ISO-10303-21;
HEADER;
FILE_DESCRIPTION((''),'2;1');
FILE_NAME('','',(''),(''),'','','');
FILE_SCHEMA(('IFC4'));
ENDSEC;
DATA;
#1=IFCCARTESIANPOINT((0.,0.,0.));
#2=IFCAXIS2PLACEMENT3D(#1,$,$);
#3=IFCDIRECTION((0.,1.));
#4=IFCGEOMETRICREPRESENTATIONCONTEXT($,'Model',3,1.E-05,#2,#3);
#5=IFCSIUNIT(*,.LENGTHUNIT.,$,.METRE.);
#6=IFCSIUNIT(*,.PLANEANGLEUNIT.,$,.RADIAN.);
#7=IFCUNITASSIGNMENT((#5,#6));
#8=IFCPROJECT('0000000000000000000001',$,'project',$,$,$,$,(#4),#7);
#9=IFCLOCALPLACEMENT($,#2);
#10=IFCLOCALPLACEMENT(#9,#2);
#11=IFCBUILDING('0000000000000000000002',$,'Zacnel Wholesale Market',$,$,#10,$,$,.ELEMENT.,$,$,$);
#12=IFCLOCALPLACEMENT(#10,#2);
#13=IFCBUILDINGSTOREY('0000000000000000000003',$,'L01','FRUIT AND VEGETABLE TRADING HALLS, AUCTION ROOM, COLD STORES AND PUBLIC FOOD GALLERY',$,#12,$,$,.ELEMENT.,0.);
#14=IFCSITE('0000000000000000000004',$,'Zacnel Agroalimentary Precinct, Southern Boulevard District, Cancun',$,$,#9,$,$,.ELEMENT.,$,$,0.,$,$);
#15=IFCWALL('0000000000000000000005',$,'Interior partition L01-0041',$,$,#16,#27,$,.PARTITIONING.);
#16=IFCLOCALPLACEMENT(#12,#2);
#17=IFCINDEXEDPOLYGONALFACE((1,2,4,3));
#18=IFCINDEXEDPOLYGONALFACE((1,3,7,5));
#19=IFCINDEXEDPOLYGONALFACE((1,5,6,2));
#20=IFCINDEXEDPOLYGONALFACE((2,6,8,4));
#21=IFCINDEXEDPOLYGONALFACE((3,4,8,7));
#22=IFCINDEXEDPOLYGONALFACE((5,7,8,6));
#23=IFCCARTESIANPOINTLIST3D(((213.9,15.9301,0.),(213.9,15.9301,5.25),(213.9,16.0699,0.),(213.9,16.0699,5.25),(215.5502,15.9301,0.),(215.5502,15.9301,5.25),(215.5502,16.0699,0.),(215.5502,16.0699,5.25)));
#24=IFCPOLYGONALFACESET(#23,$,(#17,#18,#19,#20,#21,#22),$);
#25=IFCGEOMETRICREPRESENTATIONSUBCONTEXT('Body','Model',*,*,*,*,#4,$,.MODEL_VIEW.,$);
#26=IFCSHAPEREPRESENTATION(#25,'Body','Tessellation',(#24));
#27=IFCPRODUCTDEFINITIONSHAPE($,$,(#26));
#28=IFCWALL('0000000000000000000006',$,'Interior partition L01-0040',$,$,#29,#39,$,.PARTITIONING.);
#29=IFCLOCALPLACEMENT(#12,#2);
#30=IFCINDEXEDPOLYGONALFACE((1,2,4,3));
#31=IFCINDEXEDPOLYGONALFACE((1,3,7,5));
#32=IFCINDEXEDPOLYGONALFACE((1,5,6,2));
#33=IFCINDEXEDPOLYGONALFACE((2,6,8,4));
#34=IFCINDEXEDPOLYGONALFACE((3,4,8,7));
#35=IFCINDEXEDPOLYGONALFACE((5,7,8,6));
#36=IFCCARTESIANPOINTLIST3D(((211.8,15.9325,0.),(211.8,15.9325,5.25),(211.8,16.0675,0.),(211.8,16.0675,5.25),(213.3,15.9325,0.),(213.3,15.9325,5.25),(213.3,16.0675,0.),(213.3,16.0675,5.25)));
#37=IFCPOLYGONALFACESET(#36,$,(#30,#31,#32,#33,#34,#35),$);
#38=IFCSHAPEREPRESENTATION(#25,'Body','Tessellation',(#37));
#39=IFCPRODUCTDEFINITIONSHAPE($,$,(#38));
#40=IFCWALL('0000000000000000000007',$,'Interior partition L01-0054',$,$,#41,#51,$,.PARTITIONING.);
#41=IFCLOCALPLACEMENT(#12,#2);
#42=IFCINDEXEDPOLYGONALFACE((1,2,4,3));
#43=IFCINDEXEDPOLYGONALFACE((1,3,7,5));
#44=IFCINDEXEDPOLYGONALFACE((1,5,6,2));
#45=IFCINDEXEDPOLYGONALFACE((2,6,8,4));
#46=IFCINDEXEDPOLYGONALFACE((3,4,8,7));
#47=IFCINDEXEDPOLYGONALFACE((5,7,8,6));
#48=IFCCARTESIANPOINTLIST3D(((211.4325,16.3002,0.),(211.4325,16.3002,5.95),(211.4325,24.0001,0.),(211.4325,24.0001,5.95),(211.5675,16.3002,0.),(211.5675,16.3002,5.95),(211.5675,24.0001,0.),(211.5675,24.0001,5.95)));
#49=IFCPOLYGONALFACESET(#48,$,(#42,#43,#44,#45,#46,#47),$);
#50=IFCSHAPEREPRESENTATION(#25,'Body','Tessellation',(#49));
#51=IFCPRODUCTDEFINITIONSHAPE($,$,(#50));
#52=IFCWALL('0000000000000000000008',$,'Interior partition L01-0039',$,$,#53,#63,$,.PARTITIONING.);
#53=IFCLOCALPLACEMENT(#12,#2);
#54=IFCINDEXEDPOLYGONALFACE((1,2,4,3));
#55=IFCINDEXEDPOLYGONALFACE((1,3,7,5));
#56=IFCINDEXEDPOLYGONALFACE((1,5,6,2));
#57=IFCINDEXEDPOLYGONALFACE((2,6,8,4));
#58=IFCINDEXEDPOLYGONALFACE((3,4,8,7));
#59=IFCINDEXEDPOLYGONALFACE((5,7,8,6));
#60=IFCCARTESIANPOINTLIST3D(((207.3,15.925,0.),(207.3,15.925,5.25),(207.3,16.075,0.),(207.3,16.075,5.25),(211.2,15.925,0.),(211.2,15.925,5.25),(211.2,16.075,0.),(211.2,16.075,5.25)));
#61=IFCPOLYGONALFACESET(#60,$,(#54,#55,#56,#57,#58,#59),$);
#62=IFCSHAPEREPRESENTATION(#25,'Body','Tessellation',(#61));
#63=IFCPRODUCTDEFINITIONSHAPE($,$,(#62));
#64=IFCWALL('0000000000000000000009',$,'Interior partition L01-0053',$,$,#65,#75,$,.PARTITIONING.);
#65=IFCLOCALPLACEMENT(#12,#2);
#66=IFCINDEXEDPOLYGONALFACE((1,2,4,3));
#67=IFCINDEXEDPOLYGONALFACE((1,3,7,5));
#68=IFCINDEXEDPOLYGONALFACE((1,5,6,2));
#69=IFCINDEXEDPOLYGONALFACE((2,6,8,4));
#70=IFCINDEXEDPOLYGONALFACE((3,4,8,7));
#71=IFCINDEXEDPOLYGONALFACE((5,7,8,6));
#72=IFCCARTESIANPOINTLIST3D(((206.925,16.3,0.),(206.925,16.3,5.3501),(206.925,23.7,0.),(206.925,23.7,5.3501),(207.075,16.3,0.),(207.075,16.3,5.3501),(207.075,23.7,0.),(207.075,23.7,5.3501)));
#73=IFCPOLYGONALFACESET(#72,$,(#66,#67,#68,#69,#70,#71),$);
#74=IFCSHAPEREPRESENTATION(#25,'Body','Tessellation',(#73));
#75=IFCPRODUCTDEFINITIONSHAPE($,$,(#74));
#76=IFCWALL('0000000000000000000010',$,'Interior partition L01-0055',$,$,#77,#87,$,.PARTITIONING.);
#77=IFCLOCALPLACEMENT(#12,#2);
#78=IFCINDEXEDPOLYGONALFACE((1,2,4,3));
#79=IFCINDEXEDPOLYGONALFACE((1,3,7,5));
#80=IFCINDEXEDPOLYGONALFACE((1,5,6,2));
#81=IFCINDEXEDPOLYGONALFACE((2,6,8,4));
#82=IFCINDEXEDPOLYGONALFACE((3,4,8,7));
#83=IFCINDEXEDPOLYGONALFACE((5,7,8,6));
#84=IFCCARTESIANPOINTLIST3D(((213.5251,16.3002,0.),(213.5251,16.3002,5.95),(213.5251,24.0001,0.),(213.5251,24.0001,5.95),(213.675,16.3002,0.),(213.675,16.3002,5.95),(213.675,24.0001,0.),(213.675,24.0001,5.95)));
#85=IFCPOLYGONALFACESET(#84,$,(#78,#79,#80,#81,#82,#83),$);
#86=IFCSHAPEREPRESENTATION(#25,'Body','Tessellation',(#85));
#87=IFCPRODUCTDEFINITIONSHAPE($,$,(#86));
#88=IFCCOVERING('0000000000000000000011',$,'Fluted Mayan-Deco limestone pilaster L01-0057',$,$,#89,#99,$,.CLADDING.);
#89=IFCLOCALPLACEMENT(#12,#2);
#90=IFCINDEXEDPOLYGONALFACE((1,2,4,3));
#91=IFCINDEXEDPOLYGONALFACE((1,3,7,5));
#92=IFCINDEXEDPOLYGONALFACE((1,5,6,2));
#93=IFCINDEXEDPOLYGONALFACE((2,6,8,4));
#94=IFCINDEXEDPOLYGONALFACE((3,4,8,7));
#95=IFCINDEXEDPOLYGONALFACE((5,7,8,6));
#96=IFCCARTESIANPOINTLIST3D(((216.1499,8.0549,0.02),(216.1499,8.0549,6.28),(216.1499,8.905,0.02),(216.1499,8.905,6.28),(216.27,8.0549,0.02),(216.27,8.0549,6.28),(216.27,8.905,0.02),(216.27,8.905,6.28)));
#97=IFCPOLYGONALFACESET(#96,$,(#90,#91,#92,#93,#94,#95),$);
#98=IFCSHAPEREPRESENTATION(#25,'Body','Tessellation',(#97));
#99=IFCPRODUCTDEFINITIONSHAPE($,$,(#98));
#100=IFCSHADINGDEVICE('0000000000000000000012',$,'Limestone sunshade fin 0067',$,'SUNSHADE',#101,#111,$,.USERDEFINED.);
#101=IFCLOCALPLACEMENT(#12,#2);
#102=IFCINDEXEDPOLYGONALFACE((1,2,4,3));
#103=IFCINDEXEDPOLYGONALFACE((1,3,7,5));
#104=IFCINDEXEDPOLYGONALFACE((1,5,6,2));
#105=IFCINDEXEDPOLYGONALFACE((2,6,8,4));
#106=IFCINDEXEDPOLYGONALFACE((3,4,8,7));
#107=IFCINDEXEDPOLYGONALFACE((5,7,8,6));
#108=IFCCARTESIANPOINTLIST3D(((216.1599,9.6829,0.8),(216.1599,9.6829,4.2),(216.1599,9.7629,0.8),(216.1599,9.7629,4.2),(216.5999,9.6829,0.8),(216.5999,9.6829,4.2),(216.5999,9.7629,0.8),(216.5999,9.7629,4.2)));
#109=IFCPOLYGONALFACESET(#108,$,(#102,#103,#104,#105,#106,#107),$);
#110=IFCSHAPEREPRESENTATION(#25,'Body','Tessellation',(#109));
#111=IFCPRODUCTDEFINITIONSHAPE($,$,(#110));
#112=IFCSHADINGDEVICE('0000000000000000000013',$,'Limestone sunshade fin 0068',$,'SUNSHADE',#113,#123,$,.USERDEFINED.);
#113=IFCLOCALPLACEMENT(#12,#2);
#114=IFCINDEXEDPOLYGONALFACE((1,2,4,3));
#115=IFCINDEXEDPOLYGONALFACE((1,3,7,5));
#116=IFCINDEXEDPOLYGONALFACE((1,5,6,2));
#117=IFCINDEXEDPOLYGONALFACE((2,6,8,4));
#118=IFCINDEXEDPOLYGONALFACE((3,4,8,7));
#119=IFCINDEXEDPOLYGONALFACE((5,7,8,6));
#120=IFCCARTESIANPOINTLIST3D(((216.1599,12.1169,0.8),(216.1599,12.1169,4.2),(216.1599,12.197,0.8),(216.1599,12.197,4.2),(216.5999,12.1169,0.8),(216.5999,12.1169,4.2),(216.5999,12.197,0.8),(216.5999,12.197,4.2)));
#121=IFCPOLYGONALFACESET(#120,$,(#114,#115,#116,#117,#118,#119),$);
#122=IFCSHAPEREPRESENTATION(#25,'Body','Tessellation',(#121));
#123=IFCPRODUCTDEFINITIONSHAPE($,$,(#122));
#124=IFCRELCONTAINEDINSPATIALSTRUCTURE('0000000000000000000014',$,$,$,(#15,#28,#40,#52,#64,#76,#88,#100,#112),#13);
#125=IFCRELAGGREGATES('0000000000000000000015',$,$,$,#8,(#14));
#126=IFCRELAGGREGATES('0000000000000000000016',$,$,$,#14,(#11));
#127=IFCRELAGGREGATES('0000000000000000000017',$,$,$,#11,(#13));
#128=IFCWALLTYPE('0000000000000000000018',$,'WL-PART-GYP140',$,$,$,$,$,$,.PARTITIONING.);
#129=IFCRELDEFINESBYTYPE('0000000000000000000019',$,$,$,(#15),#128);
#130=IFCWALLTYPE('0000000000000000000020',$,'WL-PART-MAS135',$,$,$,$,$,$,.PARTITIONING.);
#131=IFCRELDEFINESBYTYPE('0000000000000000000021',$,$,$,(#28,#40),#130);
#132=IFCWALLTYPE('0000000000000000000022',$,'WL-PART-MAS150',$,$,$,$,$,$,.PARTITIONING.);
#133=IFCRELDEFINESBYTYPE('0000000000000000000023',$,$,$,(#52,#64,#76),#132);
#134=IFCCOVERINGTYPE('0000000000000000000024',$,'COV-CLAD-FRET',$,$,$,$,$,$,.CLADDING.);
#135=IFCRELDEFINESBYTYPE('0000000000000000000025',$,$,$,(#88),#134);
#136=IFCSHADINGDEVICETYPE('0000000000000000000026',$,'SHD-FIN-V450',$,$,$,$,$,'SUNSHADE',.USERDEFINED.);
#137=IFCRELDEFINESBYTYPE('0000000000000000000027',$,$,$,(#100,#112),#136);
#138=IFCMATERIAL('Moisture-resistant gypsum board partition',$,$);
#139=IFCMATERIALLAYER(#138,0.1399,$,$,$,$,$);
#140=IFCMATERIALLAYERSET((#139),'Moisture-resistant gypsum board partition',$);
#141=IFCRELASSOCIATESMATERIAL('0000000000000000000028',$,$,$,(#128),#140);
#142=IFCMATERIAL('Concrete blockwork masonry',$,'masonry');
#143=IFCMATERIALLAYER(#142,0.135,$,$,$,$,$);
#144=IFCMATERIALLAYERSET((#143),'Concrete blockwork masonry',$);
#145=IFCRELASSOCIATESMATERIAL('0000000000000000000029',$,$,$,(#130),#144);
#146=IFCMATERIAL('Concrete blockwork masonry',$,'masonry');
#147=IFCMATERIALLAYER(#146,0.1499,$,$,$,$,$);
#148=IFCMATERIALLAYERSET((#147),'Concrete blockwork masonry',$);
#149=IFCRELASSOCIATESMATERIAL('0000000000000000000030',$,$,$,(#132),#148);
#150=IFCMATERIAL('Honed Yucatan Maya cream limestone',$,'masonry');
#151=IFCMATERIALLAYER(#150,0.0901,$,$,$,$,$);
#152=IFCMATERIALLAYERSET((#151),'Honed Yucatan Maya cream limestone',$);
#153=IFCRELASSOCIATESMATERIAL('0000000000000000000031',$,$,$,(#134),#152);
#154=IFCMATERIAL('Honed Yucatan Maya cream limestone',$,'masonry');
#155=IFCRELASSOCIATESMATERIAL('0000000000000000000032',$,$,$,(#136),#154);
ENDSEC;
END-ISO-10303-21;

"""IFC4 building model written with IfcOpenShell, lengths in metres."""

from ifc_helpers import new_model, si_unit, direction, frame, frame_2d, origin, origin_2d, place, context, subcontext, project, spatial, rectangle, extrude, material, layer, layer_set, type_object, element, save


model = new_model("IFC4")

# Units and contexts
model_context = context("Model", 3, precision=1e-05, world=origin(), true_north=direction((0.0, 1.0)))
body_context = subcontext(model_context, "Body", "Model", "MODEL_VIEW")
ifc_project = project(units=[si_unit("LENGTHUNIT", "METRE"), si_unit("PLANEANGLEUNIT", "RADIAN")], contexts=[model_context])

# Site, building, storey
site_placement = place(None, origin())
site = spatial("IfcSite", under=ifc_project, at=site_placement, Name="Zacnel Agroalimentary Precinct, Southern Boulevard District, Cancun", CompositionType="ELEMENT", RefElevation=0.0)
building_placement = place(site_placement, origin())
building = spatial("IfcBuilding", under=site, at=building_placement, Name="Zacnel Wholesale Market", CompositionType="ELEMENT")
storey_placement = place(building_placement, origin())
storey = spatial("IfcBuildingStorey", under=building, at=storey_placement, Name="L01", Description="FRUIT AND VEGETABLE TRADING HALLS, AUCTION ROOM, COLD STORES AND PUBLIC FOOD GALLERY", CompositionType="ELEMENT", Elevation=0.0)

# Walls
ifc_material_1 = material(Name="Moisture-resistant gypsum board partition")
ifc_layer_1 = layer(ifc_material_1, 0.1399)
ifc_layer_set_1 = layer_set([ifc_layer_1], Name="Moisture-resistant gypsum board partition")
wall_type_1 = type_object("IfcWallType", Name="WL-PART-GYP140", PredefinedType="PARTITIONING", material=ifc_layer_set_1)
wall_1_placement = place(storey_placement, frame((213.8999, 16.0, 0.0), z_axis=(0.0, 0.0, 1.0), x_axis=(1.0, 0.0, 0.0)))
element("IfcWall", 1, at=wall_1_placement, inside=storey, type_object=wall_type_1, Name="Interior partition L01-0041", PredefinedType="PARTITIONING", context=body_context, shape_type="SweptSolid", body=[
    extrude(rectangle(XDim=1.6501, YDim=0.1399, at=frame_2d((0.8252, 0.0))), origin(), (0.0, 0.0, 1.0), 5.25),
])
ifc_material_2 = material(Name="Concrete blockwork masonry", Category="masonry")
ifc_layer_2 = layer(ifc_material_2, 0.135)
ifc_layer_set_2 = layer_set([ifc_layer_2], Name="Concrete blockwork masonry")
wall_type_2 = type_object("IfcWallType", Name="WL-PART-MAS135", PredefinedType="PARTITIONING", material=ifc_layer_set_2)
wall_2_placement = place(storey_placement, frame((211.8, 16.0, 0.0), z_axis=(0.0, 0.0, 1.0), x_axis=(1.0, 0.0, 0.0)))
element("IfcWall", 2, at=wall_2_placement, inside=storey, type_object=wall_type_2, Name="Interior partition L01-0040", PredefinedType="PARTITIONING", context=body_context, shape_type="SweptSolid", body=[
    extrude(rectangle(XDim=1.5, YDim=0.135, at=frame_2d((0.75, 0.0))), origin(), (0.0, 0.0, 1.0), 5.25),
])
wall_3_placement = place(storey_placement, frame((211.5, 16.3, 0.0), z_axis=(0.0, 0.0, 1.0), x_axis=(0.0, 1.0, 0.0)))
element("IfcWall", 3, at=wall_3_placement, inside=storey, type_object=wall_type_2, Name="Interior partition L01-0054", PredefinedType="PARTITIONING", context=body_context, shape_type="SweptSolid", body=[
    extrude(rectangle(XDim=7.7, YDim=0.135, at=frame_2d((3.8501, 0.0))), origin(), (0.0, 0.0, 1.0), 5.95),
])
ifc_material_3 = material(Name="Concrete blockwork masonry", Category="masonry")
ifc_layer_3 = layer(ifc_material_3, 0.1499)
ifc_layer_set_3 = layer_set([ifc_layer_3], Name="Concrete blockwork masonry")
wall_type_3 = type_object("IfcWallType", Name="WL-PART-MAS150", PredefinedType="PARTITIONING", material=ifc_layer_set_3)
wall_4_placement = place(storey_placement, frame((207.3, 16.0, 0.0), z_axis=(0.0, 0.0, 1.0), x_axis=(1.0, 0.0, 0.0)))
element("IfcWall", 4, at=wall_4_placement, inside=storey, type_object=wall_type_3, Name="Interior partition L01-0039", PredefinedType="PARTITIONING", context=body_context, shape_type="SweptSolid", body=[
    extrude(rectangle(XDim=3.8999, YDim=0.1499, at=frame_2d((1.95, 0.0))), origin(), (0.0, 0.0, 1.0), 5.25),
])
wall_5_placement = place(storey_placement, frame((207.0, 16.3, 0.0), z_axis=(0.0, 0.0, 1.0), x_axis=(0.0, 1.0, 0.0)))
element("IfcWall", 5, at=wall_5_placement, inside=storey, type_object=wall_type_3, Name="Interior partition L01-0053", PredefinedType="PARTITIONING", context=body_context, shape_type="SweptSolid", body=[
    extrude(rectangle(XDim=7.3999, YDim=0.1499, at=frame_2d((3.7, 0.0))), origin(), (0.0, 0.0, 1.0), 5.3501),
])
wall_6_placement = place(storey_placement, frame((213.6001, 16.3, 0.0), z_axis=(0.0, 0.0, 1.0), x_axis=(0.0, 1.0, 0.0)))
element("IfcWall", 6, at=wall_6_placement, inside=storey, type_object=wall_type_3, Name="Interior partition L01-0055", PredefinedType="PARTITIONING", context=body_context, shape_type="SweptSolid", body=[
    extrude(rectangle(XDim=7.7, YDim=0.1499, at=frame_2d((3.8501, 0.0))), origin(), (0.0, 0.0, 1.0), 5.95),
])

# Covering
ifc_material_4 = material(Name="Honed Yucatan Maya cream limestone", Category="masonry")
ifc_layer_4 = layer(ifc_material_4, 0.0901)
ifc_layer_set_4 = layer_set([ifc_layer_4], Name="Honed Yucatan Maya cream limestone")
covering_type = type_object("IfcCoveringType", Name="COV-CLAD-FRET", PredefinedType="CLADDING", material=ifc_layer_set_4)
covering_placement = place(storey_placement, frame((216.21, 8.48, 0.02), z_axis=(0.0, 0.0, 1.0), x_axis=(0.0, 1.0, 0.0)))
element("IfcCovering", 7, at=covering_placement, inside=storey, type_object=covering_type, Name="Fluted Mayan-Deco limestone pilaster L01-0057", PredefinedType="CLADDING", context=body_context, shape_type="SweptSolid", body=[
    extrude(rectangle(XDim=0.8501, YDim=0.1201, at=origin_2d()), origin(), (0.0, 0.0, 1.0), 6.26),
])

# Shading devices
ifc_material_5 = material(Name="Honed Yucatan Maya cream limestone", Category="masonry")
shading_device_type = type_object("IfcShadingDeviceType", Name="SHD-FIN-V450", ElementType="SUNSHADE", PredefinedType="USERDEFINED", material=ifc_material_5)
for number, where, z_axis, x_axis, name in (
    (8, (216.3799, 9.7229, 0.8), (0.0, 0.0, 1.0), (0.0, 1.0, 0.0), "Limestone sunshade fin 0067"),
    (9, (216.3799, 12.157, 0.8), (0.0, 0.0, 1.0), (0.0, 1.0, 0.0), "Limestone sunshade fin 0068"),
):
    element("IfcShadingDevice", number, at=place(storey_placement, frame(where, z_axis=z_axis, x_axis=x_axis)), inside=storey, type_object=shading_device_type, Name=name, ObjectType="SUNSHADE", PredefinedType="USERDEFINED", context=body_context, shape_type="SweptSolid", body=[
        extrude(rectangle(XDim=0.0801, YDim=0.4399, at=origin_2d()), origin(), (0.0, 0.0, 1.0), 3.3999),
    ])

save(model, "model.ifc")
